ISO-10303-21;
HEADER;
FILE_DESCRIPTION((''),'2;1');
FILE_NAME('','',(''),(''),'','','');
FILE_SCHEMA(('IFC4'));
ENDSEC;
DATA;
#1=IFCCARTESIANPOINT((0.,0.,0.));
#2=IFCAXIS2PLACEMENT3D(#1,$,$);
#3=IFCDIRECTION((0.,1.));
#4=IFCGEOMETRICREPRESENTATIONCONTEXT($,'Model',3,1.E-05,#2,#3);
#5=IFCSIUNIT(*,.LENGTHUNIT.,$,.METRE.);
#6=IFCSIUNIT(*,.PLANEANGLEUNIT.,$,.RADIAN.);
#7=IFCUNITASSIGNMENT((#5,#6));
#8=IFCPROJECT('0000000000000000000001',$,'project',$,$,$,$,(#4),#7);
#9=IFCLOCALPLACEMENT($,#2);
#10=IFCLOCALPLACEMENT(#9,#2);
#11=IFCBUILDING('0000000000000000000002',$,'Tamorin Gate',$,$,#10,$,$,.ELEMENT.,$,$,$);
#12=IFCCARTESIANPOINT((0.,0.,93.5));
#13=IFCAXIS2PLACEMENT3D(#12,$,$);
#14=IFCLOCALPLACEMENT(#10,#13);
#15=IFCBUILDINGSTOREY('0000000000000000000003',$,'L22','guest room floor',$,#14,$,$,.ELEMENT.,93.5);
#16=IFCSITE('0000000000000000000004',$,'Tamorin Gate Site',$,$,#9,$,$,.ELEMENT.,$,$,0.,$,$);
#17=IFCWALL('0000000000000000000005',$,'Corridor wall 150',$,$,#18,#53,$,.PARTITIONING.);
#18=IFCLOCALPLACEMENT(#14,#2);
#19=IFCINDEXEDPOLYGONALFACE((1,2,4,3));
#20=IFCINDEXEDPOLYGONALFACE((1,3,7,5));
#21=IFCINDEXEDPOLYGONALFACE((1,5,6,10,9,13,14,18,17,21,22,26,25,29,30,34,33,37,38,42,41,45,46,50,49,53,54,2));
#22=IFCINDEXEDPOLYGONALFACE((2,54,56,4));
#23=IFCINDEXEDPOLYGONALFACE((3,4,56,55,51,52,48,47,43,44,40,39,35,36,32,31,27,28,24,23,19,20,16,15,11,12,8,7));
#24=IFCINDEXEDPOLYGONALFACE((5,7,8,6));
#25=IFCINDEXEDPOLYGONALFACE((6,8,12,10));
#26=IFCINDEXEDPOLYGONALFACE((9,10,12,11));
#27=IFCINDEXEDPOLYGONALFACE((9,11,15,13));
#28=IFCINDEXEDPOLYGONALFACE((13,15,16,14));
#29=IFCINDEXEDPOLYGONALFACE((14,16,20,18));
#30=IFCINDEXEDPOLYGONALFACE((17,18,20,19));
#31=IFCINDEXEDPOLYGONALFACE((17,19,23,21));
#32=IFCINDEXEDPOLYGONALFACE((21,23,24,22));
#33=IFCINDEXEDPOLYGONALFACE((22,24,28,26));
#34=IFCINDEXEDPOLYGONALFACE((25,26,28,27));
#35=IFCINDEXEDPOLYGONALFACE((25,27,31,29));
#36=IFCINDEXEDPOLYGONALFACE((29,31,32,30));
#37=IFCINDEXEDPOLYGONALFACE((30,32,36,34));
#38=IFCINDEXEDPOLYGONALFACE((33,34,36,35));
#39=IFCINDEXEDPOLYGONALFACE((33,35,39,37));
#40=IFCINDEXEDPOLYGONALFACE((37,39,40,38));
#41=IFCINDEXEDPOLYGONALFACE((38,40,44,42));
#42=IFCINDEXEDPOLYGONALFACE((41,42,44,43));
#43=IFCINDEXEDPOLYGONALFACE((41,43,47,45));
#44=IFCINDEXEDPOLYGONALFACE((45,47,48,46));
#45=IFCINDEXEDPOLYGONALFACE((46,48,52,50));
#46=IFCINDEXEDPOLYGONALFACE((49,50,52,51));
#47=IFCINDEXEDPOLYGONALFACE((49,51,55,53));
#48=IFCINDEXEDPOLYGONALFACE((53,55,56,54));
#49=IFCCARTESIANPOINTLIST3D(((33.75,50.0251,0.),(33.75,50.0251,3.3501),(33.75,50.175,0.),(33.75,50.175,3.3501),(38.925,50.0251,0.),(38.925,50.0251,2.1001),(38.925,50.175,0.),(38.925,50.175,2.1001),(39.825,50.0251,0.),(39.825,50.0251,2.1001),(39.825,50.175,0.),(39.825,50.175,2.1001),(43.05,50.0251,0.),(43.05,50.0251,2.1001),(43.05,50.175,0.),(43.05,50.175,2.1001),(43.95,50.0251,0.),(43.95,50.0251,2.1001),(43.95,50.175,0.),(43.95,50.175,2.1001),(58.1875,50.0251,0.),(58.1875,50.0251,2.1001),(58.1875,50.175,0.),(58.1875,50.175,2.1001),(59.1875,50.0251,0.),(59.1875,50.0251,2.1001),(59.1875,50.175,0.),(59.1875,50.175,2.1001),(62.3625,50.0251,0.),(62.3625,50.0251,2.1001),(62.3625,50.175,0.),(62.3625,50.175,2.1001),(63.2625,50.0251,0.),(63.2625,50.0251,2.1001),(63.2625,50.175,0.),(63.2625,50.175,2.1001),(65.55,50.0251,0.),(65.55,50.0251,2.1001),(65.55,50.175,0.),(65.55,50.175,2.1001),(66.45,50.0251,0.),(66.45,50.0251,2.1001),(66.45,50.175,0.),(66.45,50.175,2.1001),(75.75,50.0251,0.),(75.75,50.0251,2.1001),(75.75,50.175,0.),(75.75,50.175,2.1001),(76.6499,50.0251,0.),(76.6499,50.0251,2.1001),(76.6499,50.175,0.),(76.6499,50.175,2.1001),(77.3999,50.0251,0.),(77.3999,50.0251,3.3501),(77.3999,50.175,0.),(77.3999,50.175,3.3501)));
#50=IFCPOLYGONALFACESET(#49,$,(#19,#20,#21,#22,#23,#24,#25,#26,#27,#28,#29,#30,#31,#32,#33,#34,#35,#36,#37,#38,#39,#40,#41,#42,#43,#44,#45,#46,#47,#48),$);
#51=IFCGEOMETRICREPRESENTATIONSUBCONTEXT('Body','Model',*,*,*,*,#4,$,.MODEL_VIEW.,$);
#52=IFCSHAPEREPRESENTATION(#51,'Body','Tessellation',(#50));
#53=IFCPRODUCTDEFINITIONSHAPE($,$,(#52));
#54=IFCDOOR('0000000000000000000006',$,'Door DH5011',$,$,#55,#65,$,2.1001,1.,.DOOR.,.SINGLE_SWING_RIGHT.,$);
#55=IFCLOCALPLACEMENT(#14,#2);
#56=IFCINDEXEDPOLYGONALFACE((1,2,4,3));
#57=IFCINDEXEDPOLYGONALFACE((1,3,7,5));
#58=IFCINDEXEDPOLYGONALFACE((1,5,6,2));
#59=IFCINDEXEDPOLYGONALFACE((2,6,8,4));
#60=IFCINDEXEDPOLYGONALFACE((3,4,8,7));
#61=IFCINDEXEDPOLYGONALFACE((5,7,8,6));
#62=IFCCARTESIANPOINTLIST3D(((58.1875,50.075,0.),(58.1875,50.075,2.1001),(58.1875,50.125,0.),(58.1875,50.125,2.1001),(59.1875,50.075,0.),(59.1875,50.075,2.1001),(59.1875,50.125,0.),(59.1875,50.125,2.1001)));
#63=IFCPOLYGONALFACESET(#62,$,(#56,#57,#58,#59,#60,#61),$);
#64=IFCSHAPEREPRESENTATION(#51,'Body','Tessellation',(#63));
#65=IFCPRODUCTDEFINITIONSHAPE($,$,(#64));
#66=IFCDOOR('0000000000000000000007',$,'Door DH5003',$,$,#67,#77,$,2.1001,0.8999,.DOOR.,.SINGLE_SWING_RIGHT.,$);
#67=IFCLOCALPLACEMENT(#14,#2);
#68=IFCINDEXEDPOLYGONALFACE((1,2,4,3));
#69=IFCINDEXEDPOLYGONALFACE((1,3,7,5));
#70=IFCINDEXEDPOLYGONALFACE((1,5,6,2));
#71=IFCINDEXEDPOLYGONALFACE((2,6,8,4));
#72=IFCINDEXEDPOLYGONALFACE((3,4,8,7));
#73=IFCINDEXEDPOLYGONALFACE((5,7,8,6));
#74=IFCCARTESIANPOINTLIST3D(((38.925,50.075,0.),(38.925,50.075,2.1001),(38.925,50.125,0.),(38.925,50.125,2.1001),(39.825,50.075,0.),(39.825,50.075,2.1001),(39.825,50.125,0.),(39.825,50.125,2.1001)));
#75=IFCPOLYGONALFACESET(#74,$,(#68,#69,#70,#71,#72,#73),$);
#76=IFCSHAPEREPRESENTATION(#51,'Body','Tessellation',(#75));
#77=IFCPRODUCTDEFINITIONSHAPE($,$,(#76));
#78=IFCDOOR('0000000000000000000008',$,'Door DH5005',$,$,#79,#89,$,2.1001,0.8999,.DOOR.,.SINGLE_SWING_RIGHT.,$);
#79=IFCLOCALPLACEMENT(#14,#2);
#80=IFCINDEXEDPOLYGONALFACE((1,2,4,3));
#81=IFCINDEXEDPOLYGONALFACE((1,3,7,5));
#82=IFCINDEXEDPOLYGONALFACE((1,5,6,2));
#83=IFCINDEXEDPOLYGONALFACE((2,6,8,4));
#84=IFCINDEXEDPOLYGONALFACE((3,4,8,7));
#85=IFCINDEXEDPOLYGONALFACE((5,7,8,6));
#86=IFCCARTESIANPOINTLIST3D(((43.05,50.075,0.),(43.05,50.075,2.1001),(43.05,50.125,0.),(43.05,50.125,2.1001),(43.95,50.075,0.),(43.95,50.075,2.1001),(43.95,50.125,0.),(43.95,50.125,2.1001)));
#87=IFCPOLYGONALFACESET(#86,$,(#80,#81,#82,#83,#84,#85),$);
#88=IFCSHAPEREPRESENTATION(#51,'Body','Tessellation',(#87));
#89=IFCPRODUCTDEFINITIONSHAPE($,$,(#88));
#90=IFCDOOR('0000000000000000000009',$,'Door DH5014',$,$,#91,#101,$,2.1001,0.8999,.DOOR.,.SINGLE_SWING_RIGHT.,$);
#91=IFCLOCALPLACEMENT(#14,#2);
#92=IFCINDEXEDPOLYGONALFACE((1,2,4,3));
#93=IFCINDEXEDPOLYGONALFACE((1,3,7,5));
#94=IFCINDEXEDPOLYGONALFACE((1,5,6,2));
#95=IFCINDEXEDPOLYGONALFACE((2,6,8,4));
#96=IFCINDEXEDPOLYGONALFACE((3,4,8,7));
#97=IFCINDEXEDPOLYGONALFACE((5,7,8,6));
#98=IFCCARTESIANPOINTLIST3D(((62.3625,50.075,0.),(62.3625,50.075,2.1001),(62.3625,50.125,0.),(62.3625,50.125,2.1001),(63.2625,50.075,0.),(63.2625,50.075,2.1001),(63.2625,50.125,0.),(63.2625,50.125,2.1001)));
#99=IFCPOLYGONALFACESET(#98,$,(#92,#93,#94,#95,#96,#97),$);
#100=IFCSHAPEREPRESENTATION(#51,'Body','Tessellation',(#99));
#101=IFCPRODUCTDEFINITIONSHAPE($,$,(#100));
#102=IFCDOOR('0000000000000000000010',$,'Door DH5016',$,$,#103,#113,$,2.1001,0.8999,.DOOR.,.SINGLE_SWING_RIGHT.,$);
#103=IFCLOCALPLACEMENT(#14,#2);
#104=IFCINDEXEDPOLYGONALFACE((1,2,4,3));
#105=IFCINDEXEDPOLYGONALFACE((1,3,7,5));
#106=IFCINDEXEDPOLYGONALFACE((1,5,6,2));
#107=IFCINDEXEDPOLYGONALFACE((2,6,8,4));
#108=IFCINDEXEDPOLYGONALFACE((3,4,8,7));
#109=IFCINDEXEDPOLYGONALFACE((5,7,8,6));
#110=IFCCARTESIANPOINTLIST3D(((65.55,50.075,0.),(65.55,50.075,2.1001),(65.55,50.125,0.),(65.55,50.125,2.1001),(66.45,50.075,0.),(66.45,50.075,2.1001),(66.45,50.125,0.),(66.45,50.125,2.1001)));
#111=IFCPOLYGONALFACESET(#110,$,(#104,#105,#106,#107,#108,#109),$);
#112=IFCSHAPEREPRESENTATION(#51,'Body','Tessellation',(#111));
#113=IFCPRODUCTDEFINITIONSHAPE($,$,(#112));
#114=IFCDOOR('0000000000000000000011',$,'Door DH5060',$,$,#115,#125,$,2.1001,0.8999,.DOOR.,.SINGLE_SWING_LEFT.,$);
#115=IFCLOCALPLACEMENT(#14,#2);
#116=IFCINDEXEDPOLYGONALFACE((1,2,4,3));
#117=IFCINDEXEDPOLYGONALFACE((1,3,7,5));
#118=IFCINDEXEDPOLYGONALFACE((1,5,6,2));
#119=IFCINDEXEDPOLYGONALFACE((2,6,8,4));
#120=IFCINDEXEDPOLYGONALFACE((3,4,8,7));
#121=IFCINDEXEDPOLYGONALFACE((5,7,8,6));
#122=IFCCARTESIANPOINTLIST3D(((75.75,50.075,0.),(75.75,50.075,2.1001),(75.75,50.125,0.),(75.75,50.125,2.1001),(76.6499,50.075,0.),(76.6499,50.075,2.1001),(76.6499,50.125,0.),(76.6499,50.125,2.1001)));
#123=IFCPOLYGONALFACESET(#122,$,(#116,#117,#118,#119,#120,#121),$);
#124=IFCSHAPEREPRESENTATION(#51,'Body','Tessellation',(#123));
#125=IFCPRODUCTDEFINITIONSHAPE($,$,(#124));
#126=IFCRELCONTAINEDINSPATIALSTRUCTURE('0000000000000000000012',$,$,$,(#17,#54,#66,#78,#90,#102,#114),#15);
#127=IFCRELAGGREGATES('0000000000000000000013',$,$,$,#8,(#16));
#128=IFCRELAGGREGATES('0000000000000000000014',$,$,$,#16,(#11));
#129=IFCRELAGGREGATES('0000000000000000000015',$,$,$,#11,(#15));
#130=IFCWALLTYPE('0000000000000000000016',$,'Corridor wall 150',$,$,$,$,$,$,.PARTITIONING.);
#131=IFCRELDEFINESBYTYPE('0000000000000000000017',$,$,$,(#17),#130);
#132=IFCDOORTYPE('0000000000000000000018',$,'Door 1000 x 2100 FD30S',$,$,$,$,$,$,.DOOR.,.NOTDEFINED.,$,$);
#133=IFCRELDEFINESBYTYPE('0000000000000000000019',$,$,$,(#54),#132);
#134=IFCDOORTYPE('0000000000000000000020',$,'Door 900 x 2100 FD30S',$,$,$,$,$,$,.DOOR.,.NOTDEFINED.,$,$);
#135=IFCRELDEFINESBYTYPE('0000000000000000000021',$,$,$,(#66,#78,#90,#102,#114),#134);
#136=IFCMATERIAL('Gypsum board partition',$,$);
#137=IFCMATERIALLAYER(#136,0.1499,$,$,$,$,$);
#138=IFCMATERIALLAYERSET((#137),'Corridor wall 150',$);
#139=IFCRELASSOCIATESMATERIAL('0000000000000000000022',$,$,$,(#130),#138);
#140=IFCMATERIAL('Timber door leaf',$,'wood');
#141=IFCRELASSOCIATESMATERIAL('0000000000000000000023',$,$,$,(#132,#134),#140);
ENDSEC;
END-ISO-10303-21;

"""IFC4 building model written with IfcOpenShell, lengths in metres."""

from ifc_helpers import new_model, si_unit, direction, frame, frame_2d, origin, place, context, subcontext, project, spatial, rectangle, extrude, material, layer, layer_set, type_object, element, fill, save


model = new_model("IFC4")

# Units and contexts
model_context = context("Model", 3, precision=1e-05, world=origin(), true_north=direction((0.0, 1.0)))
body_context = subcontext(model_context, "Body", "Model", "MODEL_VIEW")
ifc_project = project(units=[si_unit("LENGTHUNIT", "METRE"), si_unit("PLANEANGLEUNIT", "RADIAN")], contexts=[model_context])

# Site, building, storey
site_placement = place(None, origin())
site = spatial("IfcSite", under=ifc_project, at=site_placement, Name="Tamorin Gate Site", CompositionType="ELEMENT", RefElevation=0.0)
building_placement = place(site_placement, origin())
building = spatial("IfcBuilding", under=site, at=building_placement, Name="Tamorin Gate", CompositionType="ELEMENT")
storey_placement = place(building_placement, frame((0.0, 0.0, 93.5)))
storey = spatial("IfcBuildingStorey", under=building, at=storey_placement, Name="L22", Description="guest room floor", CompositionType="ELEMENT", Elevation=93.5)

# Wall, openings, doors
ifc_material_1 = material(Name="Gypsum board partition")
ifc_layer_1 = layer(ifc_material_1, 0.1499)
ifc_layer_set_1 = layer_set([ifc_layer_1], Name="Corridor wall 150")
wall_type_1 = type_object("IfcWallType", Name="Corridor wall 150", PredefinedType="PARTITIONING", material=ifc_layer_set_1)
wall_1_placement = place(storey_placement, frame((33.75, 50.1001, 0.0), z_axis=(0.0, 0.0, 1.0), x_axis=(1.0, 0.0, 0.0)))
wall_1 = element("IfcWall", 1, at=wall_1_placement, inside=storey, type_object=wall_type_1, Name="Corridor wall 150", PredefinedType="PARTITIONING", context=body_context, shape_type="SweptSolid", body=[
    extrude(rectangle(XDim=43.6499, YDim=0.1499, at=frame_2d((21.825, 0.0))), origin(), (0.0, 0.0, 1.0), 3.3501),
])
opening_1_placement = place(wall_1_placement, frame((5.175, 0.0, 0.0)))
opening_1 = element("IfcOpeningElement", 2, at=opening_1_placement, cuts=wall_1, PredefinedType="OPENING", context=body_context, shape_type="SweptSolid", body=[
    extrude(rectangle(XDim=0.8999, YDim=2.1001, at=frame_2d((0.45, 1.05))), frame((0.0, 0.085, 0.0), z_axis=(0.0, -1.0, 0.0), x_axis=(1.0, 0.0, 0.0)), (0.0, 0.0, 1.0), 0.1699),
])
opening_2_placement = place(wall_1_placement, frame((9.3, 0.0, 0.0)))
opening_2 = element("IfcOpeningElement", 3, at=opening_2_placement, cuts=wall_1, PredefinedType="OPENING", context=body_context, shape_type="SweptSolid", body=[
    extrude(rectangle(XDim=0.8999, YDim=2.1001, at=frame_2d((0.45, 1.05))), frame((0.0, 0.085, 0.0), z_axis=(0.0, -1.0, 0.0), x_axis=(1.0, 0.0, 0.0)), (0.0, 0.0, 1.0), 0.1699),
])
opening_3_placement = place(wall_1_placement, frame((24.4375, 0.0, 0.0)))
opening_3 = element("IfcOpeningElement", 4, at=opening_3_placement, cuts=wall_1, PredefinedType="OPENING", context=body_context, shape_type="SweptSolid", body=[
    extrude(rectangle(XDim=1.0, YDim=2.1001, at=frame_2d((0.5, 1.05))), frame((0.0, 0.085, 0.0), z_axis=(0.0, -1.0, 0.0), x_axis=(1.0, 0.0, 0.0)), (0.0, 0.0, 1.0), 0.1699),
])
opening_4_placement = place(wall_1_placement, frame((28.6125, 0.0, 0.0)))
opening_4 = element("IfcOpeningElement", 5, at=opening_4_placement, cuts=wall_1, PredefinedType="OPENING", context=body_context, shape_type="SweptSolid", body=[
    extrude(rectangle(XDim=0.8999, YDim=2.1001, at=frame_2d((0.45, 1.05))), frame((0.0, 0.085, 0.0), z_axis=(0.0, -1.0, 0.0), x_axis=(1.0, 0.0, 0.0)), (0.0, 0.0, 1.0), 0.1699),
])
opening_5_placement = place(wall_1_placement, frame((31.8, 0.0, 0.0)))
opening_5 = element("IfcOpeningElement", 6, at=opening_5_placement, cuts=wall_1, PredefinedType="OPENING", context=body_context, shape_type="SweptSolid", body=[
    extrude(rectangle(XDim=0.8999, YDim=2.1001, at=frame_2d((0.45, 1.05))), frame((0.0, 0.085, 0.0), z_axis=(0.0, -1.0, 0.0), x_axis=(1.0, 0.0, 0.0)), (0.0, 0.0, 1.0), 0.1699),
])
opening_6_placement = place(wall_1_placement, frame((42.0, 0.0, 0.0)))
opening_6 = element("IfcOpeningElement", 7, at=opening_6_placement, cuts=wall_1, PredefinedType="OPENING", context=body_context, shape_type="SweptSolid", body=[
    extrude(rectangle(XDim=0.8999, YDim=2.1001, at=frame_2d((0.45, 1.05))), frame((0.0, 0.085, 0.0), z_axis=(0.0, -1.0, 0.0), x_axis=(1.0, 0.0, 0.0)), (0.0, 0.0, 1.0), 0.1699),
])
ifc_material_2 = material(Name="Timber door leaf", Category="wood")
door_type_1 = type_object("IfcDoorType", Name="Door 1000 x 2100 FD30S", OperationType="NOTDEFINED", PredefinedType="DOOR", material=ifc_material_2)
door_1_placement = place(opening_3_placement, origin())
door_1 = element("IfcDoor", 8, at=door_1_placement, inside=storey, type_object=door_type_1, Name="Door DH5011", OperationType="SINGLE_SWING_RIGHT", OverallHeight=2.1001, OverallWidth=1.0, PredefinedType="DOOR", context=body_context, shape_type="SweptSolid", body=[
    extrude(rectangle(XDim=1.0, YDim=2.1001, at=frame_2d((0.5, 1.05))), frame((0.0, 0.0249, 0.0), z_axis=(0.0, -1.0, 0.0), x_axis=(1.0, 0.0, 0.0)), (0.0, 0.0, 1.0), 0.05),
])
fill(opening_3, door_1)
door_type_2 = type_object("IfcDoorType", Name="Door 900 x 2100 FD30S", OperationType="NOTDEFINED", PredefinedType="DOOR", material=ifc_material_2)
door_2_placement = place(opening_1_placement, origin())
door_2 = element("IfcDoor", 9, at=door_2_placement, inside=storey, type_object=door_type_2, Name="Door DH5003", OperationType="SINGLE_SWING_RIGHT", OverallHeight=2.1001, OverallWidth=0.8999, PredefinedType="DOOR", context=body_context, shape_type="SweptSolid", body=[
    extrude(rectangle(XDim=0.8999, YDim=2.1001, at=frame_2d((0.45, 1.05))), frame((0.0, 0.0249, 0.0), z_axis=(0.0, -1.0, 0.0), x_axis=(1.0, 0.0, 0.0)), (0.0, 0.0, 1.0), 0.05),
])
fill(opening_1, door_2)
door_3_placement = place(opening_2_placement, origin())
door_3 = element("IfcDoor", 10, at=door_3_placement, inside=storey, type_object=door_type_2, Name="Door DH5005", OperationType="SINGLE_SWING_RIGHT", OverallHeight=2.1001, OverallWidth=0.8999, PredefinedType="DOOR", context=body_context, shape_type="SweptSolid", body=[
    extrude(rectangle(XDim=0.8999, YDim=2.1001, at=frame_2d((0.45, 1.05))), frame((0.0, 0.0249, 0.0), z_axis=(0.0, -1.0, 0.0), x_axis=(1.0, 0.0, 0.0)), (0.0, 0.0, 1.0), 0.05),
])
fill(opening_2, door_3)
door_4_placement = place(opening_4_placement, origin())
door_4 = element("IfcDoor", 11, at=door_4_placement, inside=storey, type_object=door_type_2, Name="Door DH5014", OperationType="SINGLE_SWING_RIGHT", OverallHeight=2.1001, OverallWidth=0.8999, PredefinedType="DOOR", context=body_context, shape_type="SweptSolid", body=[
    extrude(rectangle(XDim=0.8999, YDim=2.1001, at=frame_2d((0.45, 1.05))), frame((0.0, 0.0249, 0.0), z_axis=(0.0, -1.0, 0.0), x_axis=(1.0, 0.0, 0.0)), (0.0, 0.0, 1.0), 0.05),
])
fill(opening_4, door_4)
door_5_placement = place(opening_5_placement, origin())
door_5 = element("IfcDoor", 12, at=door_5_placement, inside=storey, type_object=door_type_2, Name="Door DH5016", OperationType="SINGLE_SWING_RIGHT", OverallHeight=2.1001, OverallWidth=0.8999, PredefinedType="DOOR", context=body_context, shape_type="SweptSolid", body=[
    extrude(rectangle(XDim=0.8999, YDim=2.1001, at=frame_2d((0.45, 1.05))), frame((0.0, 0.0249, 0.0), z_axis=(0.0, -1.0, 0.0), x_axis=(1.0, 0.0, 0.0)), (0.0, 0.0, 1.0), 0.05),
])
fill(opening_5, door_5)
door_6_placement = place(opening_6_placement, origin())
door_6 = element("IfcDoor", 13, at=door_6_placement, inside=storey, type_object=door_type_2, Name="Door DH5060", OperationType="SINGLE_SWING_LEFT", OverallHeight=2.1001, OverallWidth=0.8999, PredefinedType="DOOR", context=body_context, shape_type="SweptSolid", body=[
    extrude(rectangle(XDim=0.8999, YDim=2.1001, at=frame_2d((0.45, 1.05))), frame((0.0, 0.0249, 0.0), z_axis=(0.0, -1.0, 0.0), x_axis=(1.0, 0.0, 0.0)), (0.0, 0.0, 1.0), 0.05),
])
fill(opening_6, door_6)

save(model, "model.ifc")
